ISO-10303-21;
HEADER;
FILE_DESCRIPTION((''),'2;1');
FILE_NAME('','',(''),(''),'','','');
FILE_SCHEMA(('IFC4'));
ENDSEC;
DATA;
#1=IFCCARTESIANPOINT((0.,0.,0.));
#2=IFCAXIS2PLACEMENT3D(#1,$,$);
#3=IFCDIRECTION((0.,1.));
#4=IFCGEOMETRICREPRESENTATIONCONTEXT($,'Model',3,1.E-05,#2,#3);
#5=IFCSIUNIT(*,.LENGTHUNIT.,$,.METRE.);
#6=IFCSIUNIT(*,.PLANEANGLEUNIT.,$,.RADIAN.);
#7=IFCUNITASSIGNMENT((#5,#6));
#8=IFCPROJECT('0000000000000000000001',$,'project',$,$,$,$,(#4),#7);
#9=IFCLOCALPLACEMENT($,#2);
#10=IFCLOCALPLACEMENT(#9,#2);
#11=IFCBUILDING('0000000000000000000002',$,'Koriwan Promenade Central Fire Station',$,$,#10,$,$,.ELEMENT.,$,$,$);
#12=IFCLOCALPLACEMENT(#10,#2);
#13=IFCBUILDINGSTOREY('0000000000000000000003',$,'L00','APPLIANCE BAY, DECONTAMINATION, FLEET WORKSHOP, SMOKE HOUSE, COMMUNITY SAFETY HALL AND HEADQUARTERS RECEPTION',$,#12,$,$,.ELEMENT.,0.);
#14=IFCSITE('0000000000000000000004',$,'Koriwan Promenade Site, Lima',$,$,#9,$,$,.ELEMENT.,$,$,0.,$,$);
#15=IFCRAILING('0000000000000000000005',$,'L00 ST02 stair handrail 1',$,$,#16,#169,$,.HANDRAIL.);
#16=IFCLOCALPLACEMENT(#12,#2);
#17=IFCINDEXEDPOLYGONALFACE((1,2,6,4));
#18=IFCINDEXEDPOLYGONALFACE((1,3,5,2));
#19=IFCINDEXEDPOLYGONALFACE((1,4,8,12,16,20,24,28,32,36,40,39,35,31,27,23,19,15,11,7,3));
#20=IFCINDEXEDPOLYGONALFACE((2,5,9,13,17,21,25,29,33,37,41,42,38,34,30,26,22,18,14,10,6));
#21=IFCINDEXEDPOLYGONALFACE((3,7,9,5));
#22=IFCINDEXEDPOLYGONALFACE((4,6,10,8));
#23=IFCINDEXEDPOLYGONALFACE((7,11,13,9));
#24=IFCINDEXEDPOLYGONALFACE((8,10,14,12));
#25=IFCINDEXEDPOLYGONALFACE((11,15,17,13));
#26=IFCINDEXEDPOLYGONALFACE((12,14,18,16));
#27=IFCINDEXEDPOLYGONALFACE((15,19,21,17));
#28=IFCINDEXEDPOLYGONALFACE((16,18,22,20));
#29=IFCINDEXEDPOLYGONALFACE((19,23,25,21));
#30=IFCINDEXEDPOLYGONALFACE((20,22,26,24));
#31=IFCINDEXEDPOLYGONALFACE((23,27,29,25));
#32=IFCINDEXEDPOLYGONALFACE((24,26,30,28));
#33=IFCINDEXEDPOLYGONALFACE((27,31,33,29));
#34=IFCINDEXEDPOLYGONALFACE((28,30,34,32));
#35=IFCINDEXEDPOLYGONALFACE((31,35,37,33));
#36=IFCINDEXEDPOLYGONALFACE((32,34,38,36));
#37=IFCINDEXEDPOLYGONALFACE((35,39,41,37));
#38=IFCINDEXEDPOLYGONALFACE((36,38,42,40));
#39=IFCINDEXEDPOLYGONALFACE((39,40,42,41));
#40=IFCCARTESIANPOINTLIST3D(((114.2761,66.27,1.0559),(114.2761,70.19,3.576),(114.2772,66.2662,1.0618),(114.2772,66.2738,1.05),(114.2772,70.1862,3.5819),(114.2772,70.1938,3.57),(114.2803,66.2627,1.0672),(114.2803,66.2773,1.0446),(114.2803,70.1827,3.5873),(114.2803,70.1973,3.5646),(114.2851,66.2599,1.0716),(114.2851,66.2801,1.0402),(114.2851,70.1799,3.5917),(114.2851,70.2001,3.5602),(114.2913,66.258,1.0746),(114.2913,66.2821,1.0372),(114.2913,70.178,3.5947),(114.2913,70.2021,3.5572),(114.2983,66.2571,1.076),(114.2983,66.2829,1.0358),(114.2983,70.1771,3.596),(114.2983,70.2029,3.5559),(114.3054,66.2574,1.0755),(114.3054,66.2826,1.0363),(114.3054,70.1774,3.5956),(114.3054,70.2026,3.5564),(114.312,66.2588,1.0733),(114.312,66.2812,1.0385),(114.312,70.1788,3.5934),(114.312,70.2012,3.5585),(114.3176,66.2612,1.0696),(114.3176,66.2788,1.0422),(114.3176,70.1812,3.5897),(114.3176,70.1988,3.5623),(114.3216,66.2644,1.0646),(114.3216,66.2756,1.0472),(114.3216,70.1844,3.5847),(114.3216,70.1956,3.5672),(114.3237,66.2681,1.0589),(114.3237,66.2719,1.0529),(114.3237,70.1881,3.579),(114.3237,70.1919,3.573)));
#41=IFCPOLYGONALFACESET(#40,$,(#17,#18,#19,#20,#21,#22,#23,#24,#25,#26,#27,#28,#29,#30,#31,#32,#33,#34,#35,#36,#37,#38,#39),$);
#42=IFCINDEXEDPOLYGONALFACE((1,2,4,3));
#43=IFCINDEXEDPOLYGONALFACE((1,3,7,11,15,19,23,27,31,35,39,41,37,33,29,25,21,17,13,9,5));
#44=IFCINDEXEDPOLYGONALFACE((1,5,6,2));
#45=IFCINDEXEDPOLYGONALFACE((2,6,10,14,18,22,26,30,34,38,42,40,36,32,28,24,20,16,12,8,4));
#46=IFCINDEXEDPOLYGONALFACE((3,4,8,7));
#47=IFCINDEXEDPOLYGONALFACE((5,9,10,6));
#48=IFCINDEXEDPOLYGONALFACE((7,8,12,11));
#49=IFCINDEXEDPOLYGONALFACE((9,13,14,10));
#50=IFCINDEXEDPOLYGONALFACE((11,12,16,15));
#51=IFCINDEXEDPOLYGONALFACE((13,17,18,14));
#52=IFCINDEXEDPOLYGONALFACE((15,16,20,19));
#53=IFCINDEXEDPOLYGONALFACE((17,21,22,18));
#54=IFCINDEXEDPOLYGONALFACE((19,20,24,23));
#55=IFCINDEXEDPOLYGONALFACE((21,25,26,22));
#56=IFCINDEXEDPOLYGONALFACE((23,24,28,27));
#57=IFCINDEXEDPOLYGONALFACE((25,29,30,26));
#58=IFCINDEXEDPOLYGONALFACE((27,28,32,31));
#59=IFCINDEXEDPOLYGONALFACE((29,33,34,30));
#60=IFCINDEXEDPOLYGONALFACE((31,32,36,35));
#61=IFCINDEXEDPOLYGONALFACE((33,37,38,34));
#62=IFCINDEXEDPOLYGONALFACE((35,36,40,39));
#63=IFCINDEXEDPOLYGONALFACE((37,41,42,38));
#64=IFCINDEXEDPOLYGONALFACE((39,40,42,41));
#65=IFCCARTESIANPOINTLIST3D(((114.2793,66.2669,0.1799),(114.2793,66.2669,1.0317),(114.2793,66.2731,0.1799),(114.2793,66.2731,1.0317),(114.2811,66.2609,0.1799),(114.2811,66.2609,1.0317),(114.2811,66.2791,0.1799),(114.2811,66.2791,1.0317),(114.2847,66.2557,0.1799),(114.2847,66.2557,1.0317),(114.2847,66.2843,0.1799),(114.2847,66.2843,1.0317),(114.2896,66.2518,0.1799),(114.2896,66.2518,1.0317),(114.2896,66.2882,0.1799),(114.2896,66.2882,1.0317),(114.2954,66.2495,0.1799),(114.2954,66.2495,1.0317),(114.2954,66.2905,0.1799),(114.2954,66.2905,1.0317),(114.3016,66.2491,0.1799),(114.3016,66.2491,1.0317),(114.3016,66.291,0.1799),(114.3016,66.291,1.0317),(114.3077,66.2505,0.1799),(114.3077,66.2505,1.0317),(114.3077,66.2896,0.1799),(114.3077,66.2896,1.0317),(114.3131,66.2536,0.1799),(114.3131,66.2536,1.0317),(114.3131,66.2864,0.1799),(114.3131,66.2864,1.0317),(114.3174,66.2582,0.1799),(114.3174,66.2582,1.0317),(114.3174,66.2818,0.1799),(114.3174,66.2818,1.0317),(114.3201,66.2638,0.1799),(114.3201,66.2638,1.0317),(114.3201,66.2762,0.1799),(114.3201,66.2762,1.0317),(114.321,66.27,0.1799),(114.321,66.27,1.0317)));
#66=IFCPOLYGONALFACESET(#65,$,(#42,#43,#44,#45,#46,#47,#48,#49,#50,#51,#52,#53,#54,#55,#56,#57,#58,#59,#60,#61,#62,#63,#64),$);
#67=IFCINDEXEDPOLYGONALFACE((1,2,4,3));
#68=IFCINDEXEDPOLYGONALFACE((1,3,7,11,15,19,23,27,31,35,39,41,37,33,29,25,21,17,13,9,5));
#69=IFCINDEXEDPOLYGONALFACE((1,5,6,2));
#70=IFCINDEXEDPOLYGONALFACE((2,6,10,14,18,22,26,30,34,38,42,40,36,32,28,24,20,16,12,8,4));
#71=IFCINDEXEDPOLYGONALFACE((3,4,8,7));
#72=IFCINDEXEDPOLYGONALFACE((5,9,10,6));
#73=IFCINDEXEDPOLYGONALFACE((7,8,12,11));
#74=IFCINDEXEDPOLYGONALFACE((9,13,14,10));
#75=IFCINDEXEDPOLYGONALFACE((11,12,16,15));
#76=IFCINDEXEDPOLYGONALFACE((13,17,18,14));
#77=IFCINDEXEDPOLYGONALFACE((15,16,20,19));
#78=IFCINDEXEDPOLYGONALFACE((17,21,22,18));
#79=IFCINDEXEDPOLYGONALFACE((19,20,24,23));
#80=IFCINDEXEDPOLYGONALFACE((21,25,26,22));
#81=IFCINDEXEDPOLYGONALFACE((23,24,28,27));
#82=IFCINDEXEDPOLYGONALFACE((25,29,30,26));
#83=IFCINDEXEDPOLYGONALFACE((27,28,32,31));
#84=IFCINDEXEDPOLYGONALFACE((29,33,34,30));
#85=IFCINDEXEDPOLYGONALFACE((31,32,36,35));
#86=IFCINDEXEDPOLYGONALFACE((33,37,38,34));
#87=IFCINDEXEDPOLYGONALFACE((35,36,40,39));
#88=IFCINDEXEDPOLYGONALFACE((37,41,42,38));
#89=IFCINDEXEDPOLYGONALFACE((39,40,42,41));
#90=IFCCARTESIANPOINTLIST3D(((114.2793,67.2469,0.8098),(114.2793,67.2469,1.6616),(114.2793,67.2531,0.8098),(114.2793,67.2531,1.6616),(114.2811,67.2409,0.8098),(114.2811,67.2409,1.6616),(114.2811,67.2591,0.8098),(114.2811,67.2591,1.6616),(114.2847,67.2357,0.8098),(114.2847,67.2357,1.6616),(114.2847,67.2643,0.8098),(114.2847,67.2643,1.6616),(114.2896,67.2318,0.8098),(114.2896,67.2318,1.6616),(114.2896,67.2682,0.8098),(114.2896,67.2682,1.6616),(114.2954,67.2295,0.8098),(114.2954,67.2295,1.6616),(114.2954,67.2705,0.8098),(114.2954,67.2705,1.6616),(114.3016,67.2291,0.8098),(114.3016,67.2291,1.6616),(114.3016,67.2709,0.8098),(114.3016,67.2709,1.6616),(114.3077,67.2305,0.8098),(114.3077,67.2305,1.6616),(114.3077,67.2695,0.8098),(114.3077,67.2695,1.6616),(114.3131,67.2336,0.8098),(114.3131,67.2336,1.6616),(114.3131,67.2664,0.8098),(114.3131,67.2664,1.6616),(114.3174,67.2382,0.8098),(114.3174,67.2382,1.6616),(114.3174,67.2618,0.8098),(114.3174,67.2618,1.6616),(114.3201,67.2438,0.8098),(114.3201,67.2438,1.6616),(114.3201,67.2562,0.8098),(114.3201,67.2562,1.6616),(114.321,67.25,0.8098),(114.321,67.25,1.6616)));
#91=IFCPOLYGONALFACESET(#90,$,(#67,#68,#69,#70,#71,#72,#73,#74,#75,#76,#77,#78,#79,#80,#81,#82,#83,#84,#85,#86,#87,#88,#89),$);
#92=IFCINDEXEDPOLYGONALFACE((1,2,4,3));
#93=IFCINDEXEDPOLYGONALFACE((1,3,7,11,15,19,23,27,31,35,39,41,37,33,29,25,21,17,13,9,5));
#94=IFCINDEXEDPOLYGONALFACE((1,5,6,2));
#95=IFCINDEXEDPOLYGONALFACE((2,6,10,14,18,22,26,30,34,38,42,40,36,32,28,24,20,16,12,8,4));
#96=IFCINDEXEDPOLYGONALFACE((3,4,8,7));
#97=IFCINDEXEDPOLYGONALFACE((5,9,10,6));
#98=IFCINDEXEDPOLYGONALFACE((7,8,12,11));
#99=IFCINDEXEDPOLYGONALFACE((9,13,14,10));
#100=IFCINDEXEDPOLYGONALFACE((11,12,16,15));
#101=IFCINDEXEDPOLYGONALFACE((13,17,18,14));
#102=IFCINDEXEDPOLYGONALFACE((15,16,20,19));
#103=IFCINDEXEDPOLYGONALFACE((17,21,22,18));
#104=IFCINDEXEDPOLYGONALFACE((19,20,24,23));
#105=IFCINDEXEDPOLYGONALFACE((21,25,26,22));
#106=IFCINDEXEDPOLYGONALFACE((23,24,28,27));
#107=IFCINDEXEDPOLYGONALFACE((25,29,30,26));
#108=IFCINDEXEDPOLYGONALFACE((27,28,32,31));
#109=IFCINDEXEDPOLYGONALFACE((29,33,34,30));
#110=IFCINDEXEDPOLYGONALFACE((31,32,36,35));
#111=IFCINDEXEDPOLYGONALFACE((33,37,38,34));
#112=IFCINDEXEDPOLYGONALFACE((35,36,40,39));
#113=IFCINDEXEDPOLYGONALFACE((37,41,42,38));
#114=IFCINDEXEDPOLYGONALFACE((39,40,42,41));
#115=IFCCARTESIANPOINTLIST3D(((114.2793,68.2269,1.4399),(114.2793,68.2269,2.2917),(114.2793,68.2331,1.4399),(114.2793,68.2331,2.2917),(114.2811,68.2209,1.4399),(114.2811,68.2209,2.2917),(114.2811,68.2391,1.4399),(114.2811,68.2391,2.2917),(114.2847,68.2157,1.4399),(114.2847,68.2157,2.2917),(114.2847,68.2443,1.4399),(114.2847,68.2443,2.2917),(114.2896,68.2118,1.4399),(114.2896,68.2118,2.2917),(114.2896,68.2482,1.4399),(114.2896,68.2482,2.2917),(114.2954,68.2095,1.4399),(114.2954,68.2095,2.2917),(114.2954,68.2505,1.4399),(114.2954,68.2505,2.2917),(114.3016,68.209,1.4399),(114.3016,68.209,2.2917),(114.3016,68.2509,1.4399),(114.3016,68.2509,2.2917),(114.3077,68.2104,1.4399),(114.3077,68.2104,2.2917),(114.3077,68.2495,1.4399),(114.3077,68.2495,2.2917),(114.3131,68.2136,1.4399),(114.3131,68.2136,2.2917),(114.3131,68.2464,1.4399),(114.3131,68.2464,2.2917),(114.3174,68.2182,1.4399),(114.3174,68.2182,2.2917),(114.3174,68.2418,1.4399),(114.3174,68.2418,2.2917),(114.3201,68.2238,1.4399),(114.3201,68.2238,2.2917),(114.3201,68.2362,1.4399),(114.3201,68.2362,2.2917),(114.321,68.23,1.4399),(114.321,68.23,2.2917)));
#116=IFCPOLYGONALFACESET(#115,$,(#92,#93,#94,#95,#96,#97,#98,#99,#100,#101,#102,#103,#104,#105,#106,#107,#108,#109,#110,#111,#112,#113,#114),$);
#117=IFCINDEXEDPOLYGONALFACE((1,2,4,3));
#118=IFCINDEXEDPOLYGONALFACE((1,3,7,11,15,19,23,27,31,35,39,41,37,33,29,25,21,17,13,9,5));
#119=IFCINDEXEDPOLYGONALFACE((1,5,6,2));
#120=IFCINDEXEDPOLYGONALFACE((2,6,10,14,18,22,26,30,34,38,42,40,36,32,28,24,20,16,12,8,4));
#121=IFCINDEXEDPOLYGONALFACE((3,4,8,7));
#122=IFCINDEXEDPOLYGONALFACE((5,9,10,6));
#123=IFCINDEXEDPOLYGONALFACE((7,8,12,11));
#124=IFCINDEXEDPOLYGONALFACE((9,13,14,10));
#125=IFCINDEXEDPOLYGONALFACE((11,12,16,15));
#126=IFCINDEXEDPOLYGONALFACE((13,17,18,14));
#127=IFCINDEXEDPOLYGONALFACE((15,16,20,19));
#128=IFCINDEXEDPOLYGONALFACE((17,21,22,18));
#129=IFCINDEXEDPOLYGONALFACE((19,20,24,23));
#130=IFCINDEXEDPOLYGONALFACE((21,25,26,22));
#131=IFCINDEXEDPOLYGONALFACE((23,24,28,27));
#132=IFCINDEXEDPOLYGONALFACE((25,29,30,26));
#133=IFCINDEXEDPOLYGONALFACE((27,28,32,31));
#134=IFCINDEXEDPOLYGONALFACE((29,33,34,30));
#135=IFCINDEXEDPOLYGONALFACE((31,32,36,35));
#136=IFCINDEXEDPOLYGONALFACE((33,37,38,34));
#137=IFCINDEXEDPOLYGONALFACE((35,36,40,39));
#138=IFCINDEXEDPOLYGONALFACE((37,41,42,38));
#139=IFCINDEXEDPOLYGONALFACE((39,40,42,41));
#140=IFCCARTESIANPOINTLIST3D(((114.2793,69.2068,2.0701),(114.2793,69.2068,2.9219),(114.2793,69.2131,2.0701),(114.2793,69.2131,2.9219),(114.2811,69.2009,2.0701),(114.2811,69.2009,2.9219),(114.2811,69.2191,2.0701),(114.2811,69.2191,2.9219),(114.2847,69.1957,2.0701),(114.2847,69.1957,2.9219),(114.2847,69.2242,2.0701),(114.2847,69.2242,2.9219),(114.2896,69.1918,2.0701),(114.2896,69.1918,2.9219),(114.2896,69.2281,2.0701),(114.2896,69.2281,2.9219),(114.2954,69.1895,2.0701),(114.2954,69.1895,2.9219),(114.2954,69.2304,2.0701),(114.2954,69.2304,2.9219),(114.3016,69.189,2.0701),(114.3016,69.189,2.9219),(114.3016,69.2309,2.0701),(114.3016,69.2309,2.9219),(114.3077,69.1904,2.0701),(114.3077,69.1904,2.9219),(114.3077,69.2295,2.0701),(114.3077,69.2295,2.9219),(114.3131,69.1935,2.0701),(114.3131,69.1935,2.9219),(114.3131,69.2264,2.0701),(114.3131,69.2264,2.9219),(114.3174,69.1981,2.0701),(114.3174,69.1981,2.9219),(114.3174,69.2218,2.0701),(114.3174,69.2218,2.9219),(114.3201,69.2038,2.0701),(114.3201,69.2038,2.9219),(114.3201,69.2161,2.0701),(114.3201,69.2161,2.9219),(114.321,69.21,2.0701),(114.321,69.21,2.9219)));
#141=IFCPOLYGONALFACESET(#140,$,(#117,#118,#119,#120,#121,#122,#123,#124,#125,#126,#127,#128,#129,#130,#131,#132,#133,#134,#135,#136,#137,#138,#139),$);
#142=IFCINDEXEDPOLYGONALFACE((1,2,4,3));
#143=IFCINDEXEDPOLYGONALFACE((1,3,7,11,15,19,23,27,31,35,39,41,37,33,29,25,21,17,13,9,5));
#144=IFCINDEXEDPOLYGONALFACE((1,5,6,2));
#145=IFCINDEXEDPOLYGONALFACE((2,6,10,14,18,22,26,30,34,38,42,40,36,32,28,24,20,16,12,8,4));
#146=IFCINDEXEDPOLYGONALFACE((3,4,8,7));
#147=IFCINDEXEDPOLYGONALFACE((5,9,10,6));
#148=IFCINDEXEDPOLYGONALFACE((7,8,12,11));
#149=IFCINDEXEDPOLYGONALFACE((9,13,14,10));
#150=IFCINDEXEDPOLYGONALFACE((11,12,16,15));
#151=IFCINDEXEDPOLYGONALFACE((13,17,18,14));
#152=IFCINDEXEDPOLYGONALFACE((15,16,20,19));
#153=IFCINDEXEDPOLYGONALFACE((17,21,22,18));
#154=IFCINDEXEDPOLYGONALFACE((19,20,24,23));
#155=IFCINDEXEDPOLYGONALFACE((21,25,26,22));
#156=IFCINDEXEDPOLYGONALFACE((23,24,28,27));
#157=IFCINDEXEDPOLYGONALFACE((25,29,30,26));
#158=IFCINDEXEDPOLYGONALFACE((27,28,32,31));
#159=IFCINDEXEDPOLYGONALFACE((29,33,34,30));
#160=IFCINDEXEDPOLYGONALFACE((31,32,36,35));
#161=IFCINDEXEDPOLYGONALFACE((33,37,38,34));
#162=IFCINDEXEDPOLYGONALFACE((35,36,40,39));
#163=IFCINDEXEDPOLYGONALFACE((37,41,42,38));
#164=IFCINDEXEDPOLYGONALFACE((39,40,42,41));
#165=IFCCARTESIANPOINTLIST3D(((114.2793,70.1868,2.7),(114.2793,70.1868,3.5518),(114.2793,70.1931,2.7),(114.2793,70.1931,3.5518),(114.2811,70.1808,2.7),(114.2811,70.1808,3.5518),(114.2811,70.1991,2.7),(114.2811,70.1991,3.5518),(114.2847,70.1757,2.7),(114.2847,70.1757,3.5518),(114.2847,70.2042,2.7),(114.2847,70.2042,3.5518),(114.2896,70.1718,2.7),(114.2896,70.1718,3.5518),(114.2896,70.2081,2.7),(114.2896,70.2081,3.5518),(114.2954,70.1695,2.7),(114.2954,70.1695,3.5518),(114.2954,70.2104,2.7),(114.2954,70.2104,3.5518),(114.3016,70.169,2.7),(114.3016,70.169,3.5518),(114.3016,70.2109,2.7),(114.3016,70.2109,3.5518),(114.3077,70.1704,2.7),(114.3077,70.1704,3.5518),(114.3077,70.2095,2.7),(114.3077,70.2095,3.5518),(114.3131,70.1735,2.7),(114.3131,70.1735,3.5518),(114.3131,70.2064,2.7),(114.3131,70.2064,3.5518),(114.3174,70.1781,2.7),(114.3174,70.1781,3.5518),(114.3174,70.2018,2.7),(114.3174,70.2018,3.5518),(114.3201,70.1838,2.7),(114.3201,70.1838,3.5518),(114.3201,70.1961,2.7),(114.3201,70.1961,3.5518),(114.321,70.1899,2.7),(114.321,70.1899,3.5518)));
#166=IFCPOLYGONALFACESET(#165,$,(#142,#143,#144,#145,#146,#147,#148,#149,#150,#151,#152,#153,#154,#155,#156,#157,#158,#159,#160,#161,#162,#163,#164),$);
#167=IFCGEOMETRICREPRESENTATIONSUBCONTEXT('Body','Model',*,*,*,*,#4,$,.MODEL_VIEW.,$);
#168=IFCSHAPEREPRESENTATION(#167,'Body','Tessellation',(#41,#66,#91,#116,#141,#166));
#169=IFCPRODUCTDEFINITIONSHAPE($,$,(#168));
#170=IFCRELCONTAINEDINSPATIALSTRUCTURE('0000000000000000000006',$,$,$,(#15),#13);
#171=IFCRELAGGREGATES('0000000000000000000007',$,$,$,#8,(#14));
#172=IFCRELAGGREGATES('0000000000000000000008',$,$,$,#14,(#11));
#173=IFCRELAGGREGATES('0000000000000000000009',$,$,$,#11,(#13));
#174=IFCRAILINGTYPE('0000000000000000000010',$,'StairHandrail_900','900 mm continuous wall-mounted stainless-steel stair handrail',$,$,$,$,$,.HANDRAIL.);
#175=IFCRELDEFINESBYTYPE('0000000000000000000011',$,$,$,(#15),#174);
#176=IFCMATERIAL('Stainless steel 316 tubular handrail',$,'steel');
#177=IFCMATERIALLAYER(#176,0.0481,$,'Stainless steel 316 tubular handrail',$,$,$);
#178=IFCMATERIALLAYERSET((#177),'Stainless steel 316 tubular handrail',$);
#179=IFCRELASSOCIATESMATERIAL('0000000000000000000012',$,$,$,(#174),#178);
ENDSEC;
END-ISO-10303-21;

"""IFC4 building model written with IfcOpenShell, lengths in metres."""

from ifc_helpers import new_model, si_unit, direction, frame, origin, origin_2d, place, context, subcontext, project, spatial, circle, extrude, material, layer, layer_set, type_object, element, save


model = new_model("IFC4")

# Units and contexts
model_context = context("Model", 3, precision=1e-05, world=origin(), true_north=direction((0.0, 1.0)))
body_context = subcontext(model_context, "Body", "Model", "MODEL_VIEW")
ifc_project = project(units=[si_unit("LENGTHUNIT", "METRE"), si_unit("PLANEANGLEUNIT", "RADIAN")], contexts=[model_context])

# Site, building, storey
site_placement = place(None, origin())
site = spatial("IfcSite", under=ifc_project, at=site_placement, Name="Koriwan Promenade Site, Lima", CompositionType="ELEMENT", RefElevation=0.0)
building_placement = place(site_placement, origin())
building = spatial("IfcBuilding", under=site, at=building_placement, Name="Koriwan Promenade Central Fire Station", CompositionType="ELEMENT")
storey_placement = place(building_placement, origin())
storey = spatial("IfcBuildingStorey", under=building, at=storey_placement, Name="L00", Description="APPLIANCE BAY, DECONTAMINATION, FLEET WORKSHOP, SMOKE HOUSE, COMMUNITY SAFETY HALL AND HEADQUARTERS RECEPTION", CompositionType="ELEMENT", Elevation=0.0)

# Railing
ifc_material_1 = material(Name="Stainless steel 316 tubular handrail", Category="steel")
ifc_layer_1 = layer(ifc_material_1, 0.0481, Name="Stainless steel 316 tubular handrail")
ifc_layer_set_1 = layer_set([ifc_layer_1], Name="Stainless steel 316 tubular handrail")
railing_type_1 = type_object("IfcRailingType", Name="StairHandrail_900", Description="900 mm continuous wall-mounted stainless-steel stair handrail", PredefinedType="HANDRAIL", material=ifc_layer_set_1)
railing_1_placement = place(storey_placement, frame((114.3, 66.27, 0.1799)))
element("IfcRailing", 1, at=railing_1_placement, inside=storey, type_object=railing_type_1, Name="L00 ST02 stair handrail 1", PredefinedType="HANDRAIL", context=body_context, shape_type="SweptSolid", body=[
    extrude(circle(Radius=0.0239, at=origin_2d()), frame((0.0, 0.0, 0.876), z_axis=(0.0, 0.841172, 0.540768), x_axis=(-1.0, 0.0, 0.0)), (0.0, 0.0, 1.0), 4.6602),
    extrude(circle(Radius=0.021, at=origin_2d()), origin(), (0.0, 0.0, 1.0), 0.8518),
    extrude(circle(Radius=0.021, at=origin_2d()), frame((0.0, 0.98, 0.6299)), (0.0, 0.0, 1.0), 0.8518),
    extrude(circle(Radius=0.021, at=origin_2d()), frame((0.0, 1.96, 1.26)), (0.0, 0.0, 1.0), 0.8518),
    extrude(circle(Radius=0.021, at=origin_2d()), frame((0.0, 2.9399, 1.8901)), (0.0, 0.0, 1.0), 0.8518),
    extrude(circle(Radius=0.021, at=origin_2d()), frame((0.0, 3.9199, 2.52)), (0.0, 0.0, 1.0), 0.8518),
])

save(model, "model.ifc")
